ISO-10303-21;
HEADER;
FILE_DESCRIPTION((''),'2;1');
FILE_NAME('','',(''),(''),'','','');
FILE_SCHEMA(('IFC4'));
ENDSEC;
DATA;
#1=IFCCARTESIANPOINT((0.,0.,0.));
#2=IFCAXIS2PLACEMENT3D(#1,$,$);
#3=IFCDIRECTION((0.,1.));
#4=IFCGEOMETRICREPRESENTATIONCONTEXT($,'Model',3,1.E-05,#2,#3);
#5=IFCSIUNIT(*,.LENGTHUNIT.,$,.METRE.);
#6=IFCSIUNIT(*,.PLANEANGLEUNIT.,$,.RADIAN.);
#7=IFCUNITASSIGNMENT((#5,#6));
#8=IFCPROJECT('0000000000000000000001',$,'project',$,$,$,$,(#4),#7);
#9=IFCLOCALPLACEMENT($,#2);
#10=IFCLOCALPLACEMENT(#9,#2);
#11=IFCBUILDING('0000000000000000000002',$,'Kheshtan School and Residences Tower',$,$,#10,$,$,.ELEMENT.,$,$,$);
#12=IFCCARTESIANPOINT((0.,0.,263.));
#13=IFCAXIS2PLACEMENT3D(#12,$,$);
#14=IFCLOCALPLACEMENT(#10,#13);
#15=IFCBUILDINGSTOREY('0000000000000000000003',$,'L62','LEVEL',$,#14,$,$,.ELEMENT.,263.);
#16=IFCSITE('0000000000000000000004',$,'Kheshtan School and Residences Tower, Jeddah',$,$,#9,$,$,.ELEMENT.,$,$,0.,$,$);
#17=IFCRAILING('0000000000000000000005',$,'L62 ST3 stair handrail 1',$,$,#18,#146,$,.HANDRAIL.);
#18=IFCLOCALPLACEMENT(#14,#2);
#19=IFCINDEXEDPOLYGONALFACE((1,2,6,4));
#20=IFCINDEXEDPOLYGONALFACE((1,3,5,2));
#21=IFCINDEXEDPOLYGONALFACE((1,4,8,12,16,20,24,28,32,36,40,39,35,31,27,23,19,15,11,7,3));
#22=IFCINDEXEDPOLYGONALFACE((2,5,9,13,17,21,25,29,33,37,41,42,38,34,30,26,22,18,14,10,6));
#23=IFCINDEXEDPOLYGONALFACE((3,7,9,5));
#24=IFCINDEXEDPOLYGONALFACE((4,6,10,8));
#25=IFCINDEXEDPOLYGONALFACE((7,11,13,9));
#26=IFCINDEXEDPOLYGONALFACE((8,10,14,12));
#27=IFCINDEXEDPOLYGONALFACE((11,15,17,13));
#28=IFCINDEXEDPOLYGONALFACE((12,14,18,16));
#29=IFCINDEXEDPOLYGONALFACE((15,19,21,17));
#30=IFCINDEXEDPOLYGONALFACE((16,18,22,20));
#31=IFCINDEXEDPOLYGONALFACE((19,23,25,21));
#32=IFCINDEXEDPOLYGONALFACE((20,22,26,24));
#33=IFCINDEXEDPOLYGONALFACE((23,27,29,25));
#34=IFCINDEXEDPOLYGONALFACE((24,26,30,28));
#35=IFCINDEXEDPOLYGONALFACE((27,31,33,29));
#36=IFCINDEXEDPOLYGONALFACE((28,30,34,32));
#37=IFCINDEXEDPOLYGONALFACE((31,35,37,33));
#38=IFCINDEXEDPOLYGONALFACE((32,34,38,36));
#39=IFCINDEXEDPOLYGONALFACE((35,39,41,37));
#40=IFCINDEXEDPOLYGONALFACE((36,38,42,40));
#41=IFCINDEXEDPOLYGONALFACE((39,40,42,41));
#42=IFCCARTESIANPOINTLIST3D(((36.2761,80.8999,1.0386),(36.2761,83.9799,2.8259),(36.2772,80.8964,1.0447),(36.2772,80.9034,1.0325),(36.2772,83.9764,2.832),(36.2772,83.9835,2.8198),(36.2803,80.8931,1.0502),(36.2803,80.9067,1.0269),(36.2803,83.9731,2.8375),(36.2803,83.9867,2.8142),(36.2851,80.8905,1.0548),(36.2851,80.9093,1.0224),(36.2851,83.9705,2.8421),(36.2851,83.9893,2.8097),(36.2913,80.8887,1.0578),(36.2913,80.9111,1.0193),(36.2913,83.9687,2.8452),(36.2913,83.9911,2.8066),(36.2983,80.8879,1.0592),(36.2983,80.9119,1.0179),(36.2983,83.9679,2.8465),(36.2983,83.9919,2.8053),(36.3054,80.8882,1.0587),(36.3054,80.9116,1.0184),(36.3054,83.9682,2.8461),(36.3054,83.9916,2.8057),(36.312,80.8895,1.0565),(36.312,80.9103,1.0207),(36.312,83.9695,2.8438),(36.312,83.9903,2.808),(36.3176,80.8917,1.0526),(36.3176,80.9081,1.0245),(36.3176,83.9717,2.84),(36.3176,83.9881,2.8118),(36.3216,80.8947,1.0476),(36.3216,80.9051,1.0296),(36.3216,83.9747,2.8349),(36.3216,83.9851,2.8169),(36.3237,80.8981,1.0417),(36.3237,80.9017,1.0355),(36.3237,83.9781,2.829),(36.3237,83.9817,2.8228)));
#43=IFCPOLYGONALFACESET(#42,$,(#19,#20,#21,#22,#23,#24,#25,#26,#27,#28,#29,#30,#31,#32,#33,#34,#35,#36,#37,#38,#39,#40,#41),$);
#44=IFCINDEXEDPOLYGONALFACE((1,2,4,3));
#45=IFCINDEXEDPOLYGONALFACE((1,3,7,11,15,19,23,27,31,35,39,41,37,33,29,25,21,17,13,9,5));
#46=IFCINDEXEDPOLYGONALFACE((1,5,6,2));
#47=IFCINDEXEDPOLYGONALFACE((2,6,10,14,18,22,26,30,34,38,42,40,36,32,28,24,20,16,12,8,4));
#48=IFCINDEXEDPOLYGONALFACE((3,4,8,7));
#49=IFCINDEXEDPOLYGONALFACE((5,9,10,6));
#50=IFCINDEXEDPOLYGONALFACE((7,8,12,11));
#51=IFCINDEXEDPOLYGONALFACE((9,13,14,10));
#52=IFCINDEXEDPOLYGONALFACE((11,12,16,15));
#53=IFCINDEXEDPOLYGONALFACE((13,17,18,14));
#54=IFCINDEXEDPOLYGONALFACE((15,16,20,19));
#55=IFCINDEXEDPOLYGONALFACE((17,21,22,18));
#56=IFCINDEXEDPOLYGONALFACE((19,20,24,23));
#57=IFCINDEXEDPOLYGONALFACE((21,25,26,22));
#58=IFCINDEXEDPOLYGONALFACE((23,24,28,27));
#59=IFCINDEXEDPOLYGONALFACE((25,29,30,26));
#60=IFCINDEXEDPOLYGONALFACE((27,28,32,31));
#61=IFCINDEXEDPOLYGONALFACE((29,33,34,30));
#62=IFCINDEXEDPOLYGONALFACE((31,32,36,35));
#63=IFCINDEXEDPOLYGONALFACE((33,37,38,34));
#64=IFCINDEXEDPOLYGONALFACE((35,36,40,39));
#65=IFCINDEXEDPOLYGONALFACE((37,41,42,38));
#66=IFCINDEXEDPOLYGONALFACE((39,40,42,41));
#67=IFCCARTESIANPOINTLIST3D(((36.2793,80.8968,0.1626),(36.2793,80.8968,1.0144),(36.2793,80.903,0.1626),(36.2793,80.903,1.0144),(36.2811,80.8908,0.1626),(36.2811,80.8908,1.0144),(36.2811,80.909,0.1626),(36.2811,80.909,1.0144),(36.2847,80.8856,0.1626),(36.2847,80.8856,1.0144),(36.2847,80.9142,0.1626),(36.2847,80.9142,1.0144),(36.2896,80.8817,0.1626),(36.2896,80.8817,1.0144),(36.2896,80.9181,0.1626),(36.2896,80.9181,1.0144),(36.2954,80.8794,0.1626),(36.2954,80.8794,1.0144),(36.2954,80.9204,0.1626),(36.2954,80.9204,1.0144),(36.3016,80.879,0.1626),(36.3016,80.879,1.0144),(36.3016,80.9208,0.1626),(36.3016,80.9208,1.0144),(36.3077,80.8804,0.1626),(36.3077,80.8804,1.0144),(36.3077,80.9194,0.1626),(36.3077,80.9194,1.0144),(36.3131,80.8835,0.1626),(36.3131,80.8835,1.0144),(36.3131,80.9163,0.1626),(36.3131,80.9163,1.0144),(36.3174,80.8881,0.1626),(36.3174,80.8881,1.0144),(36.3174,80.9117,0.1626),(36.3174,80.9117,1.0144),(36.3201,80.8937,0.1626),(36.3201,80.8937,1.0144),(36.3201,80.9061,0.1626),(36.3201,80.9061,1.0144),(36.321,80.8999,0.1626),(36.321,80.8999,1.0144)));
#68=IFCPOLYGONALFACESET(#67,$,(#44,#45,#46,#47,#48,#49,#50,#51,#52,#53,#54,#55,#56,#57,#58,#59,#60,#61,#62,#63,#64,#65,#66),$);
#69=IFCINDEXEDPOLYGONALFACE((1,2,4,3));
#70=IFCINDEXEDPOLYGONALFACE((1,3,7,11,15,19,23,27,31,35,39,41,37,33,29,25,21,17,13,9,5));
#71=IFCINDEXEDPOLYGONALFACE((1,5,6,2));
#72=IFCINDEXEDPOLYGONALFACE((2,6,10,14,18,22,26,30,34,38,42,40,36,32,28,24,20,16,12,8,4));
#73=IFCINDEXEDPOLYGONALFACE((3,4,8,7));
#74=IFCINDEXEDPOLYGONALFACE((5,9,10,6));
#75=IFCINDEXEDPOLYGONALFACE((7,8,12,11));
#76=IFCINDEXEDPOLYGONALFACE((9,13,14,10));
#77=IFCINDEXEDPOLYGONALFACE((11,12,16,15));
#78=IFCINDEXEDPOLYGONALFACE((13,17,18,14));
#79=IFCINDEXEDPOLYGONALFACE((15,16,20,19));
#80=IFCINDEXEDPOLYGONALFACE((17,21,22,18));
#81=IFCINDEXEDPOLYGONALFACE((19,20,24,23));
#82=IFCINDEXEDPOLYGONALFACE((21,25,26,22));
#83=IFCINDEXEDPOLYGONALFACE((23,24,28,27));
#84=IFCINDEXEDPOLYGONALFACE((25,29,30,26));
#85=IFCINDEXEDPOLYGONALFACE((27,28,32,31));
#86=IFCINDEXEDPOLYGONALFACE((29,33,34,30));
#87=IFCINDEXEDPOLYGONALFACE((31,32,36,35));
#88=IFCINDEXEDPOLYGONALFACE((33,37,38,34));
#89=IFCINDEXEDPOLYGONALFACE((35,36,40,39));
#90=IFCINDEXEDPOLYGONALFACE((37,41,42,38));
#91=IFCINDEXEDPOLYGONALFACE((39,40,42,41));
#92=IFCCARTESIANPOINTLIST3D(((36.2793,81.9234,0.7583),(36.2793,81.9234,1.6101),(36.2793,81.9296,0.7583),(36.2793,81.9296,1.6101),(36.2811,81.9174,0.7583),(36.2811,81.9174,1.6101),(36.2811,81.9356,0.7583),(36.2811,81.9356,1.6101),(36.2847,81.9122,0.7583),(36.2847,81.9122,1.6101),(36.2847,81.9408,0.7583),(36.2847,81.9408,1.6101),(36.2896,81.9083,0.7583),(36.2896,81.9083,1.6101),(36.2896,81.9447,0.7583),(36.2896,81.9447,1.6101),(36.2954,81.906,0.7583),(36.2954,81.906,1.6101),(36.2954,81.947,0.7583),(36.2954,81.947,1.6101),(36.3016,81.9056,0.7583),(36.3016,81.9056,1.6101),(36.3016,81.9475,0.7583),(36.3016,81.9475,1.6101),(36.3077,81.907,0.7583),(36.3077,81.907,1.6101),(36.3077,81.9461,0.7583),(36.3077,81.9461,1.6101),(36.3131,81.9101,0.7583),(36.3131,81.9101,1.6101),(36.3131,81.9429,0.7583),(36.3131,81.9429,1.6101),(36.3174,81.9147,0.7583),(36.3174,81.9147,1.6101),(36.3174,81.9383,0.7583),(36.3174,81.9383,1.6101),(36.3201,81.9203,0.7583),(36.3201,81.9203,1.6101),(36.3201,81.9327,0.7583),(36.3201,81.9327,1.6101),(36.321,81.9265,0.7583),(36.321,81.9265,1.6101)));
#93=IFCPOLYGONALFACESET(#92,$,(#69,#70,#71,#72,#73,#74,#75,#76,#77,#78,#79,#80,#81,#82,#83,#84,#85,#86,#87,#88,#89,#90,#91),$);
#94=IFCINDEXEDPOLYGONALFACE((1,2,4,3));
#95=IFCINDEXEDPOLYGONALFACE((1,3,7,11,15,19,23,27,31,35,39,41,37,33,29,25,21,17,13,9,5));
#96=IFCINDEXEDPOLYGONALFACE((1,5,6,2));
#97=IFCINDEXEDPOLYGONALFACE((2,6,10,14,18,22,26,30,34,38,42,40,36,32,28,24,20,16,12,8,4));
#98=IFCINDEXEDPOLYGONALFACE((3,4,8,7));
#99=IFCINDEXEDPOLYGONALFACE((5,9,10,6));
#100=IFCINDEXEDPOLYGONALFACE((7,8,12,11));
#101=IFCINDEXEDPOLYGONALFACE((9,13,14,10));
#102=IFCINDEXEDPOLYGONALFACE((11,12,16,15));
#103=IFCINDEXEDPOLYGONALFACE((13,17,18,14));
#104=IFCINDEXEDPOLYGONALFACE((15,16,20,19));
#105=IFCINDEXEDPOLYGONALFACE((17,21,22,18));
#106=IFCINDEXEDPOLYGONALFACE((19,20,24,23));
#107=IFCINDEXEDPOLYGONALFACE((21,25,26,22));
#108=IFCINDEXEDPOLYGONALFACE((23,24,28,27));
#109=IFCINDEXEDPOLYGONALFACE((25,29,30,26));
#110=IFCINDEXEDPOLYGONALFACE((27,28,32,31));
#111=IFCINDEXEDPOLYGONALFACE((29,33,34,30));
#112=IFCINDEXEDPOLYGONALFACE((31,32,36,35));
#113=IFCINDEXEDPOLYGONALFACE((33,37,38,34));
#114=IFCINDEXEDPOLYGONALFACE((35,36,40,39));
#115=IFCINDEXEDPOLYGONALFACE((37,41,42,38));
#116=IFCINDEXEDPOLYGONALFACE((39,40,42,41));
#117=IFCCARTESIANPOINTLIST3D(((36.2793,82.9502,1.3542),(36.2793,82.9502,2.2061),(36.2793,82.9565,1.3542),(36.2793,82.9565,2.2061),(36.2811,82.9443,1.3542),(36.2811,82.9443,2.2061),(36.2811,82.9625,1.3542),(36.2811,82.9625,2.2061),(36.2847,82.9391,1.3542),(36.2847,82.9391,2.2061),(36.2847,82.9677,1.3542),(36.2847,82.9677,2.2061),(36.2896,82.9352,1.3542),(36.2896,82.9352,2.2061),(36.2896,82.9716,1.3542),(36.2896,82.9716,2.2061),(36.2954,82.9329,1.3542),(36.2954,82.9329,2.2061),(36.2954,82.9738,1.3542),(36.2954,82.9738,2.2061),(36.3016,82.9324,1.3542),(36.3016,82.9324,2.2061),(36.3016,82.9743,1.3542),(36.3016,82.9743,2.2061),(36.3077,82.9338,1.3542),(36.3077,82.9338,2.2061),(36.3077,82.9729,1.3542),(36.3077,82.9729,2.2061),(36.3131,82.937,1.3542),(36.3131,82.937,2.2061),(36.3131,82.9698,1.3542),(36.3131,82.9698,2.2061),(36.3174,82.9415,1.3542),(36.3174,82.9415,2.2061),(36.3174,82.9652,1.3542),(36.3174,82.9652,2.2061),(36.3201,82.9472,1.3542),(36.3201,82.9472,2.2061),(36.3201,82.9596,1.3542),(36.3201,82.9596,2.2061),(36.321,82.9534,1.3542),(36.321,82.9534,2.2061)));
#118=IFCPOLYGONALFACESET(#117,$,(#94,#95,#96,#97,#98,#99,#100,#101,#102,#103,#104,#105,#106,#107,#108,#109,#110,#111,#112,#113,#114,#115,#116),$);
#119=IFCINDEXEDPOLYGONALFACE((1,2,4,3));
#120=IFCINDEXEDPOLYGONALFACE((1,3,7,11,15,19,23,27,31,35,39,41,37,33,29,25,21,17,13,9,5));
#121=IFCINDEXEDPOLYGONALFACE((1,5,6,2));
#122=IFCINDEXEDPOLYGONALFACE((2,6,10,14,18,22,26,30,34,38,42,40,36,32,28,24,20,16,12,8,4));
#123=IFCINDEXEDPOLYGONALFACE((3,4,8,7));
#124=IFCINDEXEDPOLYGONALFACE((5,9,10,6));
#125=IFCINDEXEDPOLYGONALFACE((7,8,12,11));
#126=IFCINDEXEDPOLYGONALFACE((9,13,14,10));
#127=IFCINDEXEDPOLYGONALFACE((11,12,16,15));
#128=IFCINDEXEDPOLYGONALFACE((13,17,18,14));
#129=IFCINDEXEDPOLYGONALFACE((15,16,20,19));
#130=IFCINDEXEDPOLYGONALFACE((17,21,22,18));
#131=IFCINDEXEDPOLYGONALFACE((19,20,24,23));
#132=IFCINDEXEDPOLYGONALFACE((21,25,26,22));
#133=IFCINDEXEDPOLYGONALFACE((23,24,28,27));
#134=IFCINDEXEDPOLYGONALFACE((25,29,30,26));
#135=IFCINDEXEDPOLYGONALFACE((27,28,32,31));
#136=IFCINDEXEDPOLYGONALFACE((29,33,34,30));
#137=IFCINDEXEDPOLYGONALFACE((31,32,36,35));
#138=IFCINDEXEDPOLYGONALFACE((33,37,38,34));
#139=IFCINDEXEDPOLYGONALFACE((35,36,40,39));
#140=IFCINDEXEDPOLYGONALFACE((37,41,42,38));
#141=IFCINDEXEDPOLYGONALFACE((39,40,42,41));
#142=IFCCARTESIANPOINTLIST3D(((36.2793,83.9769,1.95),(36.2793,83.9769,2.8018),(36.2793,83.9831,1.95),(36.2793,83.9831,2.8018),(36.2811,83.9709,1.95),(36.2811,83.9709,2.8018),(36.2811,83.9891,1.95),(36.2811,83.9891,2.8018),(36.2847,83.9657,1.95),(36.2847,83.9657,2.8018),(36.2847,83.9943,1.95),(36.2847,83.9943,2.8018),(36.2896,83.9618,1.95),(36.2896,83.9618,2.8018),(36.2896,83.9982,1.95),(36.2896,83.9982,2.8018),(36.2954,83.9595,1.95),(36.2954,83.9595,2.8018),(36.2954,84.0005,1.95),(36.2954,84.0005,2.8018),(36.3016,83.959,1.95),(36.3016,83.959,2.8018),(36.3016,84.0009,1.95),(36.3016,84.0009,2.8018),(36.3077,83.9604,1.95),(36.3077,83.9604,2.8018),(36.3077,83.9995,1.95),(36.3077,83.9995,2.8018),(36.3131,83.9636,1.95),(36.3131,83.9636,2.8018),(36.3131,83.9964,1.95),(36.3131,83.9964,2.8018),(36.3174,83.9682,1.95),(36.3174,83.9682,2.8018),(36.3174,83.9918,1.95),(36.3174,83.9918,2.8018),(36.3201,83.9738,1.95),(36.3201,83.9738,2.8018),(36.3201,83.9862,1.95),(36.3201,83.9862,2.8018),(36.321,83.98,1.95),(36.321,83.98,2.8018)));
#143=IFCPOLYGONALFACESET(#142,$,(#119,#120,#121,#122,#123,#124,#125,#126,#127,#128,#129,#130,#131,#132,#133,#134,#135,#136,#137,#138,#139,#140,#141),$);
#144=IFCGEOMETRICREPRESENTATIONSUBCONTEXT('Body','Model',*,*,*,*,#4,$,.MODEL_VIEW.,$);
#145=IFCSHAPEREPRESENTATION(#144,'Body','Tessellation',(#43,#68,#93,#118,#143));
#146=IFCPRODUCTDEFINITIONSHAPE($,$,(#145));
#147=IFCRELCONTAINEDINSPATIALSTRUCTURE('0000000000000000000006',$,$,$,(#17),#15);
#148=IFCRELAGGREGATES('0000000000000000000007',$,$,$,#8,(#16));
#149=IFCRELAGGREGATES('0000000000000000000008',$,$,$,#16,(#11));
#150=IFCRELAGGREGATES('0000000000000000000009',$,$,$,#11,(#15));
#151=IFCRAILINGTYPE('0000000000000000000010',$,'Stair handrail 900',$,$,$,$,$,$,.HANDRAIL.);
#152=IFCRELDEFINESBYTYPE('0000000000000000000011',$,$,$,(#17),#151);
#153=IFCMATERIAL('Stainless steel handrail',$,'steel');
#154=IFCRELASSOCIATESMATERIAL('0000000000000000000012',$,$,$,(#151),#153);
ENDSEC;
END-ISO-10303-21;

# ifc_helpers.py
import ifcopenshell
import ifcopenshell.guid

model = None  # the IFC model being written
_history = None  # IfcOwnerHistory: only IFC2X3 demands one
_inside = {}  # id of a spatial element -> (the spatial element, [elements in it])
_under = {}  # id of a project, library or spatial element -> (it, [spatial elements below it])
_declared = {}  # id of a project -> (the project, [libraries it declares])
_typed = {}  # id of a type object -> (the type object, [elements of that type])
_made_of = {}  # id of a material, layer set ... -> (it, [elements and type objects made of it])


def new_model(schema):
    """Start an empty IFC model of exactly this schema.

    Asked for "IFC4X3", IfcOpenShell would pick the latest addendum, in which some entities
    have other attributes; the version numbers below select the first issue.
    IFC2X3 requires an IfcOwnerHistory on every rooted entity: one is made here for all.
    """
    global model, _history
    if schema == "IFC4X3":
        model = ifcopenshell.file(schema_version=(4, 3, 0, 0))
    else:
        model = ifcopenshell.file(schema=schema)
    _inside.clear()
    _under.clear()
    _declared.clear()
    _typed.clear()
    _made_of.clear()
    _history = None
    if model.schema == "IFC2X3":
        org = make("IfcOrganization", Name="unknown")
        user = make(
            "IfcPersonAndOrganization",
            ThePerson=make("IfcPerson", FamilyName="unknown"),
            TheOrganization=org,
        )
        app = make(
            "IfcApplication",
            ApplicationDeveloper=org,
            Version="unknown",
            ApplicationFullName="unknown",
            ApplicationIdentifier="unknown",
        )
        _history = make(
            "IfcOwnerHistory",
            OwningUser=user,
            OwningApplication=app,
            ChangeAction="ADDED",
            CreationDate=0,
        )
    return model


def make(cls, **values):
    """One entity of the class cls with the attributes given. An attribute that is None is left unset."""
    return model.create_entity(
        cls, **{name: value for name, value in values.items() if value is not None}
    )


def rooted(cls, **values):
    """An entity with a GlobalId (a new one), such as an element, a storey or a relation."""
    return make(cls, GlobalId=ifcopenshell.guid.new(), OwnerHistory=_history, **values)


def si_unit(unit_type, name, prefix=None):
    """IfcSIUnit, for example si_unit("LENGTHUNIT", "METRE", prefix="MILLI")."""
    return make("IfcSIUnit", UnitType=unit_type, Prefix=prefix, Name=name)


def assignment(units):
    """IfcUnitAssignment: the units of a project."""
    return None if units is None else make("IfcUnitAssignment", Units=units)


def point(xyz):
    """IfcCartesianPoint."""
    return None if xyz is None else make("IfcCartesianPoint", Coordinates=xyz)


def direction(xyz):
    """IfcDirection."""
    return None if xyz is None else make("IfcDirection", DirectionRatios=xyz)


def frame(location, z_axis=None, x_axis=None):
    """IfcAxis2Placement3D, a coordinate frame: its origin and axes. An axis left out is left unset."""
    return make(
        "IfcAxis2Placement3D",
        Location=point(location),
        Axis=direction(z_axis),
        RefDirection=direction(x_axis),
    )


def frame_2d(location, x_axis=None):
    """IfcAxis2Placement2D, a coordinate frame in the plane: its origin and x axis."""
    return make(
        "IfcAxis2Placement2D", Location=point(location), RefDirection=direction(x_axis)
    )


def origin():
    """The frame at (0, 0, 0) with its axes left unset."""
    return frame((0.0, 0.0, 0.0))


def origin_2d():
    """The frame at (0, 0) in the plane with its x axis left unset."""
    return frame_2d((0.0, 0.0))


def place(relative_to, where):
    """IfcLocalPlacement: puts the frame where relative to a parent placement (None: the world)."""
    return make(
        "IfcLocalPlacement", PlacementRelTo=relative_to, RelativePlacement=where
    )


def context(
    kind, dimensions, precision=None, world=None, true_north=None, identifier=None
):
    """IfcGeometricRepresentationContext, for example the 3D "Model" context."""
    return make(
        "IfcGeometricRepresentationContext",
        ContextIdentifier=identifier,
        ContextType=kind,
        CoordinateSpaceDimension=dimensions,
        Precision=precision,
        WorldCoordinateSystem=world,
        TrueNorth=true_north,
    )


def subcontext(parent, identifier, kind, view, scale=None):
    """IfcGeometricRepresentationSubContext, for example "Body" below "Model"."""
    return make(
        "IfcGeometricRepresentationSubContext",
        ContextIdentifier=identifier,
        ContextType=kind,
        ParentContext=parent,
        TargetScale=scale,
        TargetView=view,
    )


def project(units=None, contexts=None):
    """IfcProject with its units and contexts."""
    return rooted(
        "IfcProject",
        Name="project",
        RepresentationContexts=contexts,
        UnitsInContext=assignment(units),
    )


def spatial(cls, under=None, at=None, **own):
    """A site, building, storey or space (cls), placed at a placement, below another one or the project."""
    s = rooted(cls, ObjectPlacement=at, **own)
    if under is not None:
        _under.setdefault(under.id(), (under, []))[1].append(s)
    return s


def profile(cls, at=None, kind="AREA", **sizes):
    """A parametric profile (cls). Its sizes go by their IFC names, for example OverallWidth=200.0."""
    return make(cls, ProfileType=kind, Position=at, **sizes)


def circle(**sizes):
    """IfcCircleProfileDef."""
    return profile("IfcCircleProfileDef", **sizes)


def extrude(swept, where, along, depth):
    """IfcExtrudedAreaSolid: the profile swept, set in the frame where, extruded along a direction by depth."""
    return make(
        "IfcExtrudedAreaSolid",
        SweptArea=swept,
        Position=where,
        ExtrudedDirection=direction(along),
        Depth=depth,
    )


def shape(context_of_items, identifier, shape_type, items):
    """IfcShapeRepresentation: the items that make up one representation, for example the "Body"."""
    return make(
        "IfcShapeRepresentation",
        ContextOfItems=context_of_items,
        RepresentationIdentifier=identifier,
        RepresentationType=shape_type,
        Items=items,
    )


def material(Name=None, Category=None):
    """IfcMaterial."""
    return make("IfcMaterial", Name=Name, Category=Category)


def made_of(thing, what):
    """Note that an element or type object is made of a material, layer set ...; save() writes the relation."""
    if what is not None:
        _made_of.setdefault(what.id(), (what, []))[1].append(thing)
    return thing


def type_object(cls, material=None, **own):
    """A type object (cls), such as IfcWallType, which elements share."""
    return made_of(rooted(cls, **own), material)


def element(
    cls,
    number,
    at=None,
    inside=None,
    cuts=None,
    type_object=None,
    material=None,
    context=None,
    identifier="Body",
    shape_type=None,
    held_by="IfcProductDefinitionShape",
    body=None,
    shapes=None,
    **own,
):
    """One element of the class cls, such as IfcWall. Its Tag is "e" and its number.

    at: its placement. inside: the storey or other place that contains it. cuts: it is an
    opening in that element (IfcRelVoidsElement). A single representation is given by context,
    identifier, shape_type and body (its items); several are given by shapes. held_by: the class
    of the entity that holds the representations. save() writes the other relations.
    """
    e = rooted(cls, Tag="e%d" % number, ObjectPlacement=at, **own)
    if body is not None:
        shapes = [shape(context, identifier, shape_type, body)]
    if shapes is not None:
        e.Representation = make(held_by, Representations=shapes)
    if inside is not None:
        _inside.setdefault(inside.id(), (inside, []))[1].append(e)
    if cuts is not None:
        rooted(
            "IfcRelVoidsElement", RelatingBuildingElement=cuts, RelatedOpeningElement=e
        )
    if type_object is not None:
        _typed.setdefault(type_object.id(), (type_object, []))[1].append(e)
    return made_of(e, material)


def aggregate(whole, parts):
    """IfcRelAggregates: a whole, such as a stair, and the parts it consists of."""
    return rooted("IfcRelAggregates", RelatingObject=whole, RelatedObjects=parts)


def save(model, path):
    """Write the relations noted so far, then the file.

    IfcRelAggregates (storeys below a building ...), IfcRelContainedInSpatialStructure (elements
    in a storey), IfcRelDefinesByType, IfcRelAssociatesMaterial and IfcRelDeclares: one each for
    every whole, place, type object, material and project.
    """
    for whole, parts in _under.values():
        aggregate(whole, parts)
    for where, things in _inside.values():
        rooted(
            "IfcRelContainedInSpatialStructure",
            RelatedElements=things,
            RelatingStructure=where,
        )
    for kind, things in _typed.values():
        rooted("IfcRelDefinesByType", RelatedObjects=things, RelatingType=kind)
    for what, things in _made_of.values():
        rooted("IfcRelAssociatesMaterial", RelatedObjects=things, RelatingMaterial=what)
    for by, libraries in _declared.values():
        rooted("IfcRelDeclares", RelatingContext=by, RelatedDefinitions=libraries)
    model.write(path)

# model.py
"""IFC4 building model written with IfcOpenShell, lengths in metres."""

from ifc_helpers import new_model, si_unit, direction, frame, origin, origin_2d, place, context, subcontext, project, spatial, circle, extrude, material, type_object, element, save


model = new_model("IFC4")

# Units and contexts
model_context = context("Model", 3, precision=1e-05, world=origin(), true_north=direction((0.0, 1.0)))
body_context = subcontext(model_context, "Body", "Model", "MODEL_VIEW")
ifc_project = project(units=[si_unit("LENGTHUNIT", "METRE"), si_unit("PLANEANGLEUNIT", "RADIAN")], contexts=[model_context])

# Site, building, storey
site_placement = place(None, origin())
site = spatial("IfcSite", under=ifc_project, at=site_placement, Name="Kheshtan School and Residences Tower, Jeddah", CompositionType="ELEMENT", RefElevation=0.0)
building_placement = place(site_placement, origin())
building = spatial("IfcBuilding", under=site, at=building_placement, Name="Kheshtan School and Residences Tower", CompositionType="ELEMENT")
storey_placement = place(building_placement, frame((0.0, 0.0, 263.0)))
storey = spatial("IfcBuildingStorey", under=building, at=storey_placement, Name="L62", Description="LEVEL", CompositionType="ELEMENT", Elevation=263.0)

# Railing
ifc_material_1 = material(Name="Stainless steel handrail", Category="steel")
railing_type_1 = type_object("IfcRailingType", Name="Stair handrail 900", PredefinedType="HANDRAIL", material=ifc_material_1)
railing_1_placement = place(storey_placement, frame((36.3, 80.8999, 0.1626)))
element("IfcRailing", 1, at=railing_1_placement, inside=storey, type_object=railing_type_1, Name="L62 ST3 stair handrail 1", PredefinedType="HANDRAIL", context=body_context, shape_type="SweptSolid", body=[
    extrude(circle(Radius=0.0239, at=origin_2d()), frame((0.0, 0.0, 0.876), z_axis=(0.0, 0.86492, 0.501909), x_axis=(-1.0, 0.0, 0.0)), (0.0, 0.0, 1.0), 3.561),
    extrude(circle(Radius=0.021, at=origin_2d()), origin(), (0.0, 0.0, 1.0), 0.8518),
    extrude(circle(Radius=0.021, at=origin_2d()), frame((0.0, 1.0266, 0.5957)), (0.0, 0.0, 1.0), 0.8518),
    extrude(circle(Radius=0.021, at=origin_2d()), frame((0.0, 2.0535, 1.1917)), (0.0, 0.0, 1.0), 0.8518),
    extrude(circle(Radius=0.021, at=origin_2d()), frame((0.0, 3.0801, 1.7874)), (0.0, 0.0, 1.0), 0.8518),
])

save(model, "model.ifc")
